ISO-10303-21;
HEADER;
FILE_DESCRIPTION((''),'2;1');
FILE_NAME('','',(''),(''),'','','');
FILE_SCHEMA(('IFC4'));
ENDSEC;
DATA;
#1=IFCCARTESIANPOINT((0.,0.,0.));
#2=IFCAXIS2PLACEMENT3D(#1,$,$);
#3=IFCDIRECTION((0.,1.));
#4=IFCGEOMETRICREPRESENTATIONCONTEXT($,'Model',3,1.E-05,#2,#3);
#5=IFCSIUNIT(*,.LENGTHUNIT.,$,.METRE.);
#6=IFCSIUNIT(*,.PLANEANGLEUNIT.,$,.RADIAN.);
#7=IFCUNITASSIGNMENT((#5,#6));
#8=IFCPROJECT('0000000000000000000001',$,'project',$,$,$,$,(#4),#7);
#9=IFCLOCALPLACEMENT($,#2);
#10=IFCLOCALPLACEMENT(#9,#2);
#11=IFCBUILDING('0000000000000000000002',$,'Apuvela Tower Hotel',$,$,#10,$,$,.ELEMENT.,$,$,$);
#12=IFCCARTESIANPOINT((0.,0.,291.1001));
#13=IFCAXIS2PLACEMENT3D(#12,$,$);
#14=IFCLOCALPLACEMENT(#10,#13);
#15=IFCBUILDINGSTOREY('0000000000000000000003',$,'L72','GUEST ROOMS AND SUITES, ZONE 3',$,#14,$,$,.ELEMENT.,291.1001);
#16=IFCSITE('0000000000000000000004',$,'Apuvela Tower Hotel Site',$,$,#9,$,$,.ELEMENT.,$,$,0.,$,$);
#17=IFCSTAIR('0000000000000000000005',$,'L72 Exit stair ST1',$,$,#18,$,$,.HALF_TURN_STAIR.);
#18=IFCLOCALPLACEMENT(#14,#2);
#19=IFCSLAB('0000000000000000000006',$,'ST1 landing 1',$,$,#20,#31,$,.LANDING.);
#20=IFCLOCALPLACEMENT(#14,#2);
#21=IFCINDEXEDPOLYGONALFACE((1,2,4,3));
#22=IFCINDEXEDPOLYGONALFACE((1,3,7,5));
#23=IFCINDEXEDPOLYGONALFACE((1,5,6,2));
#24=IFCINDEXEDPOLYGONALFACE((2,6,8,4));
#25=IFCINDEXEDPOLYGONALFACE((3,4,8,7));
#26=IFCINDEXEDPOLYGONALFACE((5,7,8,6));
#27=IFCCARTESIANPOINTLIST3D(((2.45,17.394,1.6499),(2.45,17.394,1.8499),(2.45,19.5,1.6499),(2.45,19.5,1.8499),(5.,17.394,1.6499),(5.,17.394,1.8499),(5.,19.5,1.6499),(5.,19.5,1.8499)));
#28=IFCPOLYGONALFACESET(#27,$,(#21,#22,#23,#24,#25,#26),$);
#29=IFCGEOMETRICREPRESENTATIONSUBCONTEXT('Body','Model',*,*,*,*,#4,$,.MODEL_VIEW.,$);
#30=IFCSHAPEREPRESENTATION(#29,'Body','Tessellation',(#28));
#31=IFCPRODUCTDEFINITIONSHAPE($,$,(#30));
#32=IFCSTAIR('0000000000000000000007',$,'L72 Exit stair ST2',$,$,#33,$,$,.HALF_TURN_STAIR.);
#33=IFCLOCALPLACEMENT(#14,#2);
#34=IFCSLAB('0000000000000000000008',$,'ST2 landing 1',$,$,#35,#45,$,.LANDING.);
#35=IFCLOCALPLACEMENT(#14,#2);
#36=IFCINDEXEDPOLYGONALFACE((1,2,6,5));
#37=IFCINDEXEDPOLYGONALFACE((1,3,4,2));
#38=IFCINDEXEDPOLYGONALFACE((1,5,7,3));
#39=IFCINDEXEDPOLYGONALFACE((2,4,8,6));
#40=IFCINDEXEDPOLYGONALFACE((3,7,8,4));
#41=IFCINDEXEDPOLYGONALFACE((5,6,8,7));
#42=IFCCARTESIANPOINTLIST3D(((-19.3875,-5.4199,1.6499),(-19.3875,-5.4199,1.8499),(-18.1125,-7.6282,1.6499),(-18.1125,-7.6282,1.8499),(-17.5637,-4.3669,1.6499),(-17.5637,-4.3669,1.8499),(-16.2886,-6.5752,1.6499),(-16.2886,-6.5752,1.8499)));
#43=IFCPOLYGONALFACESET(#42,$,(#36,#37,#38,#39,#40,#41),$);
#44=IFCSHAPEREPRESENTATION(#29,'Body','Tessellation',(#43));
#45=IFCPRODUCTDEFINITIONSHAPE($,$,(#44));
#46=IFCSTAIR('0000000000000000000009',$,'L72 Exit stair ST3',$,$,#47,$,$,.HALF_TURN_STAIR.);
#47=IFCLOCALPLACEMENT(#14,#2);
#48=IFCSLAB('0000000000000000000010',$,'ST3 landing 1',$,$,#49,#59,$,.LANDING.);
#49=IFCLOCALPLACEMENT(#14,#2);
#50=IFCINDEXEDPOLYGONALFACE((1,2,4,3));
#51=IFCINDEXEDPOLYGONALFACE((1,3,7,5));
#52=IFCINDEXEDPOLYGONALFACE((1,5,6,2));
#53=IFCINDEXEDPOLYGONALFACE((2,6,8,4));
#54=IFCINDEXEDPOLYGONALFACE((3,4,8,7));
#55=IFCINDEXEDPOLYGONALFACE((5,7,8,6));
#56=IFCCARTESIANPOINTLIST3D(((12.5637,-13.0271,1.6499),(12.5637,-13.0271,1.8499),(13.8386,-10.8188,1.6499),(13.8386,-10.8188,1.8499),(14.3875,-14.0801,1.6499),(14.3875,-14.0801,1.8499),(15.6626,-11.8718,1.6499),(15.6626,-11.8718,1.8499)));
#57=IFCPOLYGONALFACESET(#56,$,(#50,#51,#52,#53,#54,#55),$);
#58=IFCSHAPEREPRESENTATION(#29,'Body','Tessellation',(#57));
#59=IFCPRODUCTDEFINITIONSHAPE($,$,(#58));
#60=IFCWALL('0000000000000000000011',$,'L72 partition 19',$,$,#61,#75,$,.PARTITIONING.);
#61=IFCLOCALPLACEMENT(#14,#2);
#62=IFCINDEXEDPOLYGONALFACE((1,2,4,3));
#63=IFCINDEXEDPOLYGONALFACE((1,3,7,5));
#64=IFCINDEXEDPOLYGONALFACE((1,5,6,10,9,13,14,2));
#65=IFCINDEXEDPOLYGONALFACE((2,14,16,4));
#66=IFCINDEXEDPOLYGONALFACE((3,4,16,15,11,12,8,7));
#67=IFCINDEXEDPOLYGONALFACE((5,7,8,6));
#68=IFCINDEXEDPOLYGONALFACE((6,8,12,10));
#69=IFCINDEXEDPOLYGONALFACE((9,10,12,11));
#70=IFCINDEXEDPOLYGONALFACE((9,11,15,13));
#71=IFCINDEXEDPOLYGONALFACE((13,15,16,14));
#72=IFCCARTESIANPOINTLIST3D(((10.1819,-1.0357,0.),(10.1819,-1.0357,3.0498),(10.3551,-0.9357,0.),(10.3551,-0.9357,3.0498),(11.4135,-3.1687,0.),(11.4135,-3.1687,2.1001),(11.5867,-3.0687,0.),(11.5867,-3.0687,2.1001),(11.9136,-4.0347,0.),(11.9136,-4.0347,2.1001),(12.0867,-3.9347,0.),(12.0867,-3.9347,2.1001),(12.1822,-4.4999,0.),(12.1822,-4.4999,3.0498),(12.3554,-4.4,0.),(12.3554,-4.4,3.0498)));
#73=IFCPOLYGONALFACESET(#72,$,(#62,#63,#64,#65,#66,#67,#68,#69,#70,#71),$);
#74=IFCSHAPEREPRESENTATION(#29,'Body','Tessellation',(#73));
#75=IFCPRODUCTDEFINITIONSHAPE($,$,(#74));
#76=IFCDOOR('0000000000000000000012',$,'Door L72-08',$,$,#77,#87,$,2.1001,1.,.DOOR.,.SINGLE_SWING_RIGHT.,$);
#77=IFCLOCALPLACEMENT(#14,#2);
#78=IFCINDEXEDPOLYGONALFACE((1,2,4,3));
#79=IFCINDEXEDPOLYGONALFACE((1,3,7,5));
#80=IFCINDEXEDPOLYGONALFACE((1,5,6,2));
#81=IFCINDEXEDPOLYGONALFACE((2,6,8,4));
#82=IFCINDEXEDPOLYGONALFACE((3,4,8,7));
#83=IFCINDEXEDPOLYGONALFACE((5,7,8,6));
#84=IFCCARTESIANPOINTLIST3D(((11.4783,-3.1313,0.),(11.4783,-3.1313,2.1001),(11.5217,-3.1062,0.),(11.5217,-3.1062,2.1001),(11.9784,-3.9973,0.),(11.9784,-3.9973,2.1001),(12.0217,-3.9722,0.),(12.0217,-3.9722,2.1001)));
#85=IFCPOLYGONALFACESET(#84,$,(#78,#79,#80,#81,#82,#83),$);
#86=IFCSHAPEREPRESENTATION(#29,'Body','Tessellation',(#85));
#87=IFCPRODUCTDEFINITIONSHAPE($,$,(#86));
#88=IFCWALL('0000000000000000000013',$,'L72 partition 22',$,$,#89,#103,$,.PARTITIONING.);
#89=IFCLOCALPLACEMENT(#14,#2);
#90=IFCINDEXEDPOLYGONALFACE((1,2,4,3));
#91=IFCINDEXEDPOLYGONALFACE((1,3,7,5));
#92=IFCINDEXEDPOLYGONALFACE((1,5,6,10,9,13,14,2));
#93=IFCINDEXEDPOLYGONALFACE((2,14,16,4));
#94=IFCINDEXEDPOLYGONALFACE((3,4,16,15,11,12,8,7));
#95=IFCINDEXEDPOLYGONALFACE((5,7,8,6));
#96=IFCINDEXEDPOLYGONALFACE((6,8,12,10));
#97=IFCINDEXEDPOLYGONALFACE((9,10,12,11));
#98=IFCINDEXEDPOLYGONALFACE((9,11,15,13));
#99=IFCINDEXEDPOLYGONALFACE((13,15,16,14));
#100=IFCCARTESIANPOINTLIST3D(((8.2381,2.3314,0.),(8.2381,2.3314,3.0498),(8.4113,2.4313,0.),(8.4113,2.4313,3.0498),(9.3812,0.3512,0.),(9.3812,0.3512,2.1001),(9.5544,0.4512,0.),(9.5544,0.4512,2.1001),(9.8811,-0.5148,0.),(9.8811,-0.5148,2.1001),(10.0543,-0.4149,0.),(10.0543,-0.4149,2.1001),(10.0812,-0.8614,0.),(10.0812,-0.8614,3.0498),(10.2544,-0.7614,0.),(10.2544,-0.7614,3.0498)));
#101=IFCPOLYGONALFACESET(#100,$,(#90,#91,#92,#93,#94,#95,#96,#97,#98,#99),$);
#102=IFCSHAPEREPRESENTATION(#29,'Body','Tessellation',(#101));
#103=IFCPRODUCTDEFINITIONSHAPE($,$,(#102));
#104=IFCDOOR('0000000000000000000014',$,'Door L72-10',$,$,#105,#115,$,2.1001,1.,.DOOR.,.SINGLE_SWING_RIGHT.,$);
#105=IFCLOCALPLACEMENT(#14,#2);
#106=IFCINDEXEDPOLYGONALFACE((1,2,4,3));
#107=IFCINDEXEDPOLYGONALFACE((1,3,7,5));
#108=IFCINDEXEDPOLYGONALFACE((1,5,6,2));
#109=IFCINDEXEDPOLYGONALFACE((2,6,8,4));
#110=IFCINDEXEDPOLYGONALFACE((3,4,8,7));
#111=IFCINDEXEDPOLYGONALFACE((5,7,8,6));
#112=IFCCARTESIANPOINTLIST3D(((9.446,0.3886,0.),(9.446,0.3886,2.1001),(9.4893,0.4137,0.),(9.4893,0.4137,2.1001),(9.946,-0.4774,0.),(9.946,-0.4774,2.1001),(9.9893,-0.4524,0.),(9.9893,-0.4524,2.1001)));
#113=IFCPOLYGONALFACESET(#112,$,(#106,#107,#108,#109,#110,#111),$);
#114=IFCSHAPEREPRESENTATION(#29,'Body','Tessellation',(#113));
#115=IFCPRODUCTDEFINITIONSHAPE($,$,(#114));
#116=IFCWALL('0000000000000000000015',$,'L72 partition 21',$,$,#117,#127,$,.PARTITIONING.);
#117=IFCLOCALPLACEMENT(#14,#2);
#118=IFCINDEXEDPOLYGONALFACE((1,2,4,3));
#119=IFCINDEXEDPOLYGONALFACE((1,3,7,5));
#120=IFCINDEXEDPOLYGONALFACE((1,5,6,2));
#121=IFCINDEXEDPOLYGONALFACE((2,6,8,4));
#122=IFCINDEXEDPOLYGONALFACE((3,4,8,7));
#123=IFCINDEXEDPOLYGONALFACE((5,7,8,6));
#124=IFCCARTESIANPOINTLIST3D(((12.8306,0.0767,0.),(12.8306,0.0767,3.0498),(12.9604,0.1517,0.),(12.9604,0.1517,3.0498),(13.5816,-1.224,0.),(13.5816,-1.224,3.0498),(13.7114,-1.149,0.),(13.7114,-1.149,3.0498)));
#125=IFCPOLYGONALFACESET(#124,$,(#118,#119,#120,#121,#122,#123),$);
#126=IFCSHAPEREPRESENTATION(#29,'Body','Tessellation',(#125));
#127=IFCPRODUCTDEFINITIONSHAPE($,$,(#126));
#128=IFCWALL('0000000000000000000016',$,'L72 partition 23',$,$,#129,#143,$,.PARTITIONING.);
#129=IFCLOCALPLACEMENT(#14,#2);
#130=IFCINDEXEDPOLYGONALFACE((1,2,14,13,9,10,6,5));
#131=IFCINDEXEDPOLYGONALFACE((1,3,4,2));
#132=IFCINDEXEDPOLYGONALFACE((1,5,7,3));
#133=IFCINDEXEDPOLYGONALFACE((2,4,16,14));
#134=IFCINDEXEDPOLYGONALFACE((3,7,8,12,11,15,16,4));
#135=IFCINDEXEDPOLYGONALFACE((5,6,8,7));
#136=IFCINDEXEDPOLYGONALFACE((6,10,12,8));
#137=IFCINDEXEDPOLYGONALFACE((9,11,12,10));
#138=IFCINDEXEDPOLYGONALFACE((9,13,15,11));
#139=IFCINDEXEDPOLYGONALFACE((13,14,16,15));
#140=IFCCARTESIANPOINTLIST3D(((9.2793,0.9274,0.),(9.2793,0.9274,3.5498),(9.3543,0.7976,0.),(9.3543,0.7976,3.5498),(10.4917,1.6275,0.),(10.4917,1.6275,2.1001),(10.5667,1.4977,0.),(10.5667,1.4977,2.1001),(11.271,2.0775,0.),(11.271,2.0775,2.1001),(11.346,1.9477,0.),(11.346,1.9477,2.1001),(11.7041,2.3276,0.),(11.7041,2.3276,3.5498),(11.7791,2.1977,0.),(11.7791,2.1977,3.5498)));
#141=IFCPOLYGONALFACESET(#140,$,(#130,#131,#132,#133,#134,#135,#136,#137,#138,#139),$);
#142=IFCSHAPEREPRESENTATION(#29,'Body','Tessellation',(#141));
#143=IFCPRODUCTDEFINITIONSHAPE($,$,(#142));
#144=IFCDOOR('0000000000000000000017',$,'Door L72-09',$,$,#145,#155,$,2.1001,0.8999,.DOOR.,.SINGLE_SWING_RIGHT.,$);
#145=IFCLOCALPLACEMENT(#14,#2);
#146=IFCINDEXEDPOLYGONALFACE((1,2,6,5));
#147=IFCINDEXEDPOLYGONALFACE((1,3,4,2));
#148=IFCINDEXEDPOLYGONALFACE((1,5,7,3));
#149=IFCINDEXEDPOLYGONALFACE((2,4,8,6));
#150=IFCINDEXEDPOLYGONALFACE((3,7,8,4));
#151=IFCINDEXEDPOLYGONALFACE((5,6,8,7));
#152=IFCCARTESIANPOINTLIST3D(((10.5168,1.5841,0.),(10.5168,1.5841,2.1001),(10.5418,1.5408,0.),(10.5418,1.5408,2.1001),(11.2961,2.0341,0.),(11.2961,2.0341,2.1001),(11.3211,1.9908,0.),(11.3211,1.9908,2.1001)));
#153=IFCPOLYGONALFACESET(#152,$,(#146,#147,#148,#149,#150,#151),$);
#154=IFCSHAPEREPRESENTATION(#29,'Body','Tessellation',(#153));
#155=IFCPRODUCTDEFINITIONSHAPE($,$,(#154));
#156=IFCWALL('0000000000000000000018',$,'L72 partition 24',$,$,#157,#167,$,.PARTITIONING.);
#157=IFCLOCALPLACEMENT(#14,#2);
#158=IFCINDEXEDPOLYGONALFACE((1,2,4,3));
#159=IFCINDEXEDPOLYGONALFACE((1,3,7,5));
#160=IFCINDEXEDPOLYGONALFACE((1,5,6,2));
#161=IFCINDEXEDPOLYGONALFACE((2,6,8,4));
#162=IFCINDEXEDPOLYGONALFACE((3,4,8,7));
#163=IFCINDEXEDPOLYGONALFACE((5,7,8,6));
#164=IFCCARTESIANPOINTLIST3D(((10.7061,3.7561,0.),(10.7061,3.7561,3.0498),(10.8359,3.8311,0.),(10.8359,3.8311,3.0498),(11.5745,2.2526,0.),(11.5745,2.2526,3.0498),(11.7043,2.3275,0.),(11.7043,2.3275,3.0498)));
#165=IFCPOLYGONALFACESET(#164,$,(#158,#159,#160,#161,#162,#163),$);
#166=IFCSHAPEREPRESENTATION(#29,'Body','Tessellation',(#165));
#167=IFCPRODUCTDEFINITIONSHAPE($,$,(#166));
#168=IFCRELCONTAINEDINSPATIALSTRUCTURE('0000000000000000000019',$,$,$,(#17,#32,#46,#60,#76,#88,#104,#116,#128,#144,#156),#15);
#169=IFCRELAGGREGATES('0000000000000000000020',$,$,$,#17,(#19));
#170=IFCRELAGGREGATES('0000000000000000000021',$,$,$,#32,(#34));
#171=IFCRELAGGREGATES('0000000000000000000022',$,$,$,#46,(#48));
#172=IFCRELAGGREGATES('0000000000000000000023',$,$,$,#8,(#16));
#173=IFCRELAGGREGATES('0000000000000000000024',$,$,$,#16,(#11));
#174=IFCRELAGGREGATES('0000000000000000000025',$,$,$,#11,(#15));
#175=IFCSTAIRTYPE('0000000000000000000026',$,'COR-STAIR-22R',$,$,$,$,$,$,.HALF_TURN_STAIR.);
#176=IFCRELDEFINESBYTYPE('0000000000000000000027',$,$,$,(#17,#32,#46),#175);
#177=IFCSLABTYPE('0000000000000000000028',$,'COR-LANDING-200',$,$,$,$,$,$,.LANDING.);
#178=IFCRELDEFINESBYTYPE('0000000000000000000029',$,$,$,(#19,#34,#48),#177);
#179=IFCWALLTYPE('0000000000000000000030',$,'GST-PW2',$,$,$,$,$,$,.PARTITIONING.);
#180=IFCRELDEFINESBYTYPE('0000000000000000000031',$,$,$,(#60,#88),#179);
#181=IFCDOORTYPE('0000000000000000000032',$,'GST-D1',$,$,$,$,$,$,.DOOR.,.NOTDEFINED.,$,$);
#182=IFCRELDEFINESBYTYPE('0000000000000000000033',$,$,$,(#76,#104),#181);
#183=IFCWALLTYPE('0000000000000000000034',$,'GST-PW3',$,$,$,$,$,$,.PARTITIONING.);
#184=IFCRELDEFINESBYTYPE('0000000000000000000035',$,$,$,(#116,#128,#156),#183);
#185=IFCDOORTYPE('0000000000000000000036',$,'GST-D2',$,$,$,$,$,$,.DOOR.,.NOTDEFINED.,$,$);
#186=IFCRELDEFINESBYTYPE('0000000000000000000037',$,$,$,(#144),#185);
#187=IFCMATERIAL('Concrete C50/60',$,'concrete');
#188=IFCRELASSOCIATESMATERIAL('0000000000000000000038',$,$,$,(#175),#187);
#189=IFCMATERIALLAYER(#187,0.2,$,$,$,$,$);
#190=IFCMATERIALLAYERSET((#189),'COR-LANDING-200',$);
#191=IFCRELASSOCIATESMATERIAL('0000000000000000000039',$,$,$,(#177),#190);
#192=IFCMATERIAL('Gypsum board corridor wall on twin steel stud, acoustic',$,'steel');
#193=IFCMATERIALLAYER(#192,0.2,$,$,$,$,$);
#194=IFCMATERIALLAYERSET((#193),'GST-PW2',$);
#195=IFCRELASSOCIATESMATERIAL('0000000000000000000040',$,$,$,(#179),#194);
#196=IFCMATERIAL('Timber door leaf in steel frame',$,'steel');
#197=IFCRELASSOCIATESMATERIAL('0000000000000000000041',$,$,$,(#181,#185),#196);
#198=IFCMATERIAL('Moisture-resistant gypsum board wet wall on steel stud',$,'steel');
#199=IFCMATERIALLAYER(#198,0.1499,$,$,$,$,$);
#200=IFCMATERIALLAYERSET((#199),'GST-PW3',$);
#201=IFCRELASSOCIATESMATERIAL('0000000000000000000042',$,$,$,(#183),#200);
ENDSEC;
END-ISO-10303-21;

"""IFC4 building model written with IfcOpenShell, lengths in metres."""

from ifc_helpers import new_model, si_unit, direction, frame, frame_2d, origin, place, context, subcontext, project, spatial, polyline, rectangle, outline, extrude, material, layer, layer_set, type_object, element, fill, aggregate, save


model = new_model("IFC4")

# Units and contexts
model_context = context("Model", 3, precision=1e-05, world=origin(), true_north=direction((0.0, 1.0)))
body_context = subcontext(model_context, "Body", "Model", "MODEL_VIEW")
ifc_project = project(units=[si_unit("LENGTHUNIT", "METRE"), si_unit("PLANEANGLEUNIT", "RADIAN")], contexts=[model_context])

# Site, building, storey
site_placement = place(None, origin())
site = spatial("IfcSite", under=ifc_project, at=site_placement, Name="Apuvela Tower Hotel Site", CompositionType="ELEMENT", RefElevation=0.0)
building_placement = place(site_placement, origin())
building = spatial("IfcBuilding", under=site, at=building_placement, Name="Apuvela Tower Hotel", CompositionType="ELEMENT")
storey_placement = place(building_placement, frame((0.0, 0.0, 291.1001)))
storey = spatial("IfcBuildingStorey", under=building, at=storey_placement, Name="L72", Description="GUEST ROOMS AND SUITES, ZONE 3", CompositionType="ELEMENT", Elevation=291.1001)

# Shared definitions
ifc_material_1 = material(Name="Concrete C50/60", Category="concrete")

# Stairs, slabs
stair_type = type_object("IfcStairType", Name="COR-STAIR-22R", PredefinedType="HALF_TURN_STAIR", material=ifc_material_1)
stair_1_placement = place(storey_placement, origin())
stair_1 = element("IfcStair", 1, at=stair_1_placement, inside=storey, type_object=stair_type, Name="L72 Exit stair ST1", PredefinedType="HALF_TURN_STAIR")
ifc_layer_1 = layer(ifc_material_1, 0.2)
ifc_layer_set_1 = layer_set([ifc_layer_1], Name="COR-LANDING-200")
slab_type_1 = type_object("IfcSlabType", Name="COR-LANDING-200", PredefinedType="LANDING", material=ifc_layer_set_1)
slab_1_placement = place(storey_placement, frame((0.0, 0.0, 1.6499)))
slab_1 = element("IfcSlab", 2, at=slab_1_placement, type_object=slab_type_1, Name="ST1 landing 1", PredefinedType="LANDING", context=body_context, shape_type="SweptSolid", body=[
    extrude(outline(polyline([(5.0, 17.394), (5.0, 19.5), (2.45, 19.5), (2.45, 17.394), (5.0, 17.394)])), origin(), (0.0, 0.0, 1.0), 0.2),
])
aggregate(stair_1, [slab_1])
stair_2_placement = place(storey_placement, origin())
stair_2 = element("IfcStair", 3, at=stair_2_placement, inside=storey, type_object=stair_type, Name="L72 Exit stair ST2", PredefinedType="HALF_TURN_STAIR")
slab_2_placement = place(storey_placement, frame((0.0, 0.0, 1.6499)))
slab_2 = element("IfcSlab", 4, at=slab_2_placement, type_object=slab_type_1, Name="ST2 landing 1", PredefinedType="LANDING", context=body_context, shape_type="SweptSolid", body=[
    extrude(outline(polyline([(-17.5637, -4.3669), (-19.3875, -5.4199), (-18.1125, -7.6282), (-16.2886, -6.5752), (-17.5637, -4.3669)])), origin(), (0.0, 0.0, 1.0), 0.2),
])
aggregate(stair_2, [slab_2])
stair_3_placement = place(storey_placement, origin())
stair_3 = element("IfcStair", 5, at=stair_3_placement, inside=storey, type_object=stair_type, Name="L72 Exit stair ST3", PredefinedType="HALF_TURN_STAIR")
slab_3_placement = place(storey_placement, frame((0.0, 0.0, 1.6499)))
slab_3 = element("IfcSlab", 6, at=slab_3_placement, type_object=slab_type_1, Name="ST3 landing 1", PredefinedType="LANDING", context=body_context, shape_type="SweptSolid", body=[
    extrude(outline(polyline([(12.5637, -13.0271), (14.3875, -14.0801), (15.6626, -11.8718), (13.8386, -10.8188), (12.5637, -13.0271)])), origin(), (0.0, 0.0, 1.0), 0.2),
])
aggregate(stair_3, [slab_3])

# Walls, openings, doors
ifc_material_2 = material(Name="Gypsum board corridor wall on twin steel stud, acoustic", Category="steel")
ifc_layer_2 = layer(ifc_material_2, 0.2)
ifc_layer_set_2 = layer_set([ifc_layer_2], Name="GST-PW2")
wall_type_1 = type_object("IfcWallType", Name="GST-PW2", PredefinedType="PARTITIONING", material=ifc_layer_set_2)
wall_1_placement = place(storey_placement, frame((10.2686, -0.9858, 0.0), z_axis=(0.0, 0.0, 1.0), x_axis=(0.500045, -0.866, 0.0)))
wall_1 = element("IfcWall", 7, at=wall_1_placement, inside=storey, type_object=wall_type_1, Name="L72 partition 19", PredefinedType="PARTITIONING", context=body_context, shape_type="SweptSolid", body=[
    extrude(rectangle(XDim=4.0002, YDim=0.2, at=frame_2d((2.0, 0.0))), origin(), (0.0, 0.0, 1.0), 3.0498),
])
opening_1_placement = place(wall_1_placement, frame((2.4629, 0.0, 0.0)))
opening_1 = element("IfcOpeningElement", 8, at=opening_1_placement, cuts=wall_1, PredefinedType="OPENING", context=body_context, shape_type="SweptSolid", body=[
    extrude(rectangle(XDim=1.0, YDim=2.1001, at=frame_2d((0.5, 1.05))), frame((0.0, 0.1099, 0.0), z_axis=(0.0, -1.0, 0.0), x_axis=(1.0, 0.0, 0.0)), (0.0, 0.0, 1.0), 0.22),
])
ifc_material_3 = material(Name="Timber door leaf in steel frame", Category="steel")
door_type_1 = type_object("IfcDoorType", Name="GST-D1", OperationType="NOTDEFINED", PredefinedType="DOOR", material=ifc_material_3)
door_1_placement = place(opening_1_placement, origin())
door_1 = element("IfcDoor", 9, at=door_1_placement, inside=storey, type_object=door_type_1, Name="Door L72-08", OperationType="SINGLE_SWING_RIGHT", OverallHeight=2.1001, OverallWidth=1.0, PredefinedType="DOOR", context=body_context, shape_type="SweptSolid", body=[
    extrude(rectangle(XDim=1.0, YDim=2.1001, at=frame_2d((0.5, 1.05))), frame((0.0, 0.0249, 0.0), z_axis=(0.0, -1.0, 0.0), x_axis=(1.0, 0.0, 0.0)), (0.0, 0.0, 1.0), 0.05),
])
fill(opening_1, door_1)
wall_2_placement = place(storey_placement, frame((8.3247, 2.3813, 0.0), z_axis=(0.0, 0.0, 1.0), x_axis=(0.49995, -0.866054, 0.0)))
wall_2 = element("IfcWall", 10, at=wall_2_placement, inside=storey, type_object=wall_type_1, Name="L72 partition 22", PredefinedType="PARTITIONING", context=body_context, shape_type="SweptSolid", body=[
    extrude(rectangle(XDim=3.6865, YDim=0.2, at=frame_2d((1.8433, 0.0))), origin(), (0.0, 0.0, 1.0), 3.0498),
])
opening_2_placement = place(wall_2_placement, frame((2.2864, 0.0, 0.0)))
opening_2 = element("IfcOpeningElement", 11, at=opening_2_placement, cuts=wall_2, PredefinedType="OPENING", context=body_context, shape_type="SweptSolid", body=[
    extrude(rectangle(XDim=1.0, YDim=2.1001, at=frame_2d((0.5, 1.05))), frame((0.0, 0.1099, 0.0), z_axis=(0.0, -1.0, 0.0), x_axis=(1.0, 0.0, 0.0)), (0.0, 0.0, 1.0), 0.22),
])
door_2_placement = place(opening_2_placement, origin())
door_2 = element("IfcDoor", 12, at=door_2_placement, inside=storey, type_object=door_type_1, Name="Door L72-10", OperationType="SINGLE_SWING_RIGHT", OverallHeight=2.1001, OverallWidth=1.0, PredefinedType="DOOR", context=body_context, shape_type="SweptSolid", body=[
    extrude(rectangle(XDim=1.0, YDim=2.1001, at=frame_2d((0.5, 1.05))), frame((0.0, 0.0249, 0.0), z_axis=(0.0, -1.0, 0.0), x_axis=(1.0, 0.0, 0.0)), (0.0, 0.0, 1.0), 0.05),
])
fill(opening_2, door_2)

# Wall
ifc_material_4 = material(Name="Moisture-resistant gypsum board wet wall on steel stud", Category="steel")
ifc_layer_3 = layer(ifc_material_4, 0.1499)
ifc_layer_set_3 = layer_set([ifc_layer_3], Name="GST-PW3")
wall_type_2 = type_object("IfcWallType", Name="GST-PW3", PredefinedType="PARTITIONING", material=ifc_layer_set_3)
wall_3_placement = place(storey_placement, frame((13.6465, -1.1865, 0.0), z_axis=(0.0, 0.0, 1.0), x_axis=(-0.499985, 0.866034, 0.0)))
element("IfcWall", 13, at=wall_3_placement, inside=storey, type_object=wall_type_2, Name="L72 partition 21", PredefinedType="PARTITIONING", context=body_context, shape_type="SweptSolid", body=[
    extrude(rectangle(XDim=1.502, YDim=0.1499, at=frame_2d((0.751, 0.0))), origin(), (0.0, 0.0, 1.0), 3.0498),
])

# Wall, opening, door
wall_4_placement = place(storey_placement, frame((9.3169, 0.8625, 0.0), z_axis=(0.0, 0.0, 1.0), x_axis=(0.865997, 0.50005, 0.0)))
wall_4 = element("IfcWall", 14, at=wall_4_placement, inside=storey, type_object=wall_type_2, Name="L72 partition 23", PredefinedType="PARTITIONING", context=body_context, shape_type="SweptSolid", body=[
    extrude(rectangle(XDim=2.8, YDim=0.1499, at=frame_2d((1.3999, 0.0))), origin(), (0.0, 0.0, 1.0), 3.5498),
])
opening_3_placement = place(wall_4_placement, frame((1.3999, 0.0, 0.0)))
opening_3 = element("IfcOpeningElement", 15, at=opening_3_placement, cuts=wall_4, PredefinedType="OPENING", context=body_context, shape_type="SweptSolid", body=[
    extrude(rectangle(XDim=0.8999, YDim=2.1001, at=frame_2d((0.45, 1.05))), frame((0.0, 0.085, 0.0), z_axis=(0.0, -1.0, 0.0), x_axis=(1.0, 0.0, 0.0)), (0.0, 0.0, 1.0), 0.1699),
])
door_type_2 = type_object("IfcDoorType", Name="GST-D2", OperationType="NOTDEFINED", PredefinedType="DOOR", material=ifc_material_3)
door_3_placement = place(opening_3_placement, origin())
door_3 = element("IfcDoor", 16, at=door_3_placement, inside=storey, type_object=door_type_2, Name="Door L72-09", OperationType="SINGLE_SWING_RIGHT", OverallHeight=2.1001, OverallWidth=0.8999, PredefinedType="DOOR", context=body_context, shape_type="SweptSolid", body=[
    extrude(rectangle(XDim=0.8999, YDim=2.1001, at=frame_2d((0.45, 1.05))), frame((0.0, 0.0249, 0.0), z_axis=(0.0, -1.0, 0.0), x_axis=(1.0, 0.0, 0.0)), (0.0, 0.0, 1.0), 0.05),
])
fill(opening_3, door_3)

# Wall
wall_5_placement = place(storey_placement, frame((11.6394, 2.29, 0.0), z_axis=(0.0, 0.0, 1.0), x_axis=(-0.500116, 0.865958, 0.0)))
element("IfcWall", 17, at=wall_5_placement, inside=storey, type_object=wall_type_2, Name="L72 partition 24", PredefinedType="PARTITIONING", context=body_context, shape_type="SweptSolid", body=[
    extrude(rectangle(XDim=1.7363, YDim=0.1499, at=frame_2d((0.8682, 0.0))), origin(), (0.0, 0.0, 1.0), 3.0498),
])

save(model, "model.ifc")
